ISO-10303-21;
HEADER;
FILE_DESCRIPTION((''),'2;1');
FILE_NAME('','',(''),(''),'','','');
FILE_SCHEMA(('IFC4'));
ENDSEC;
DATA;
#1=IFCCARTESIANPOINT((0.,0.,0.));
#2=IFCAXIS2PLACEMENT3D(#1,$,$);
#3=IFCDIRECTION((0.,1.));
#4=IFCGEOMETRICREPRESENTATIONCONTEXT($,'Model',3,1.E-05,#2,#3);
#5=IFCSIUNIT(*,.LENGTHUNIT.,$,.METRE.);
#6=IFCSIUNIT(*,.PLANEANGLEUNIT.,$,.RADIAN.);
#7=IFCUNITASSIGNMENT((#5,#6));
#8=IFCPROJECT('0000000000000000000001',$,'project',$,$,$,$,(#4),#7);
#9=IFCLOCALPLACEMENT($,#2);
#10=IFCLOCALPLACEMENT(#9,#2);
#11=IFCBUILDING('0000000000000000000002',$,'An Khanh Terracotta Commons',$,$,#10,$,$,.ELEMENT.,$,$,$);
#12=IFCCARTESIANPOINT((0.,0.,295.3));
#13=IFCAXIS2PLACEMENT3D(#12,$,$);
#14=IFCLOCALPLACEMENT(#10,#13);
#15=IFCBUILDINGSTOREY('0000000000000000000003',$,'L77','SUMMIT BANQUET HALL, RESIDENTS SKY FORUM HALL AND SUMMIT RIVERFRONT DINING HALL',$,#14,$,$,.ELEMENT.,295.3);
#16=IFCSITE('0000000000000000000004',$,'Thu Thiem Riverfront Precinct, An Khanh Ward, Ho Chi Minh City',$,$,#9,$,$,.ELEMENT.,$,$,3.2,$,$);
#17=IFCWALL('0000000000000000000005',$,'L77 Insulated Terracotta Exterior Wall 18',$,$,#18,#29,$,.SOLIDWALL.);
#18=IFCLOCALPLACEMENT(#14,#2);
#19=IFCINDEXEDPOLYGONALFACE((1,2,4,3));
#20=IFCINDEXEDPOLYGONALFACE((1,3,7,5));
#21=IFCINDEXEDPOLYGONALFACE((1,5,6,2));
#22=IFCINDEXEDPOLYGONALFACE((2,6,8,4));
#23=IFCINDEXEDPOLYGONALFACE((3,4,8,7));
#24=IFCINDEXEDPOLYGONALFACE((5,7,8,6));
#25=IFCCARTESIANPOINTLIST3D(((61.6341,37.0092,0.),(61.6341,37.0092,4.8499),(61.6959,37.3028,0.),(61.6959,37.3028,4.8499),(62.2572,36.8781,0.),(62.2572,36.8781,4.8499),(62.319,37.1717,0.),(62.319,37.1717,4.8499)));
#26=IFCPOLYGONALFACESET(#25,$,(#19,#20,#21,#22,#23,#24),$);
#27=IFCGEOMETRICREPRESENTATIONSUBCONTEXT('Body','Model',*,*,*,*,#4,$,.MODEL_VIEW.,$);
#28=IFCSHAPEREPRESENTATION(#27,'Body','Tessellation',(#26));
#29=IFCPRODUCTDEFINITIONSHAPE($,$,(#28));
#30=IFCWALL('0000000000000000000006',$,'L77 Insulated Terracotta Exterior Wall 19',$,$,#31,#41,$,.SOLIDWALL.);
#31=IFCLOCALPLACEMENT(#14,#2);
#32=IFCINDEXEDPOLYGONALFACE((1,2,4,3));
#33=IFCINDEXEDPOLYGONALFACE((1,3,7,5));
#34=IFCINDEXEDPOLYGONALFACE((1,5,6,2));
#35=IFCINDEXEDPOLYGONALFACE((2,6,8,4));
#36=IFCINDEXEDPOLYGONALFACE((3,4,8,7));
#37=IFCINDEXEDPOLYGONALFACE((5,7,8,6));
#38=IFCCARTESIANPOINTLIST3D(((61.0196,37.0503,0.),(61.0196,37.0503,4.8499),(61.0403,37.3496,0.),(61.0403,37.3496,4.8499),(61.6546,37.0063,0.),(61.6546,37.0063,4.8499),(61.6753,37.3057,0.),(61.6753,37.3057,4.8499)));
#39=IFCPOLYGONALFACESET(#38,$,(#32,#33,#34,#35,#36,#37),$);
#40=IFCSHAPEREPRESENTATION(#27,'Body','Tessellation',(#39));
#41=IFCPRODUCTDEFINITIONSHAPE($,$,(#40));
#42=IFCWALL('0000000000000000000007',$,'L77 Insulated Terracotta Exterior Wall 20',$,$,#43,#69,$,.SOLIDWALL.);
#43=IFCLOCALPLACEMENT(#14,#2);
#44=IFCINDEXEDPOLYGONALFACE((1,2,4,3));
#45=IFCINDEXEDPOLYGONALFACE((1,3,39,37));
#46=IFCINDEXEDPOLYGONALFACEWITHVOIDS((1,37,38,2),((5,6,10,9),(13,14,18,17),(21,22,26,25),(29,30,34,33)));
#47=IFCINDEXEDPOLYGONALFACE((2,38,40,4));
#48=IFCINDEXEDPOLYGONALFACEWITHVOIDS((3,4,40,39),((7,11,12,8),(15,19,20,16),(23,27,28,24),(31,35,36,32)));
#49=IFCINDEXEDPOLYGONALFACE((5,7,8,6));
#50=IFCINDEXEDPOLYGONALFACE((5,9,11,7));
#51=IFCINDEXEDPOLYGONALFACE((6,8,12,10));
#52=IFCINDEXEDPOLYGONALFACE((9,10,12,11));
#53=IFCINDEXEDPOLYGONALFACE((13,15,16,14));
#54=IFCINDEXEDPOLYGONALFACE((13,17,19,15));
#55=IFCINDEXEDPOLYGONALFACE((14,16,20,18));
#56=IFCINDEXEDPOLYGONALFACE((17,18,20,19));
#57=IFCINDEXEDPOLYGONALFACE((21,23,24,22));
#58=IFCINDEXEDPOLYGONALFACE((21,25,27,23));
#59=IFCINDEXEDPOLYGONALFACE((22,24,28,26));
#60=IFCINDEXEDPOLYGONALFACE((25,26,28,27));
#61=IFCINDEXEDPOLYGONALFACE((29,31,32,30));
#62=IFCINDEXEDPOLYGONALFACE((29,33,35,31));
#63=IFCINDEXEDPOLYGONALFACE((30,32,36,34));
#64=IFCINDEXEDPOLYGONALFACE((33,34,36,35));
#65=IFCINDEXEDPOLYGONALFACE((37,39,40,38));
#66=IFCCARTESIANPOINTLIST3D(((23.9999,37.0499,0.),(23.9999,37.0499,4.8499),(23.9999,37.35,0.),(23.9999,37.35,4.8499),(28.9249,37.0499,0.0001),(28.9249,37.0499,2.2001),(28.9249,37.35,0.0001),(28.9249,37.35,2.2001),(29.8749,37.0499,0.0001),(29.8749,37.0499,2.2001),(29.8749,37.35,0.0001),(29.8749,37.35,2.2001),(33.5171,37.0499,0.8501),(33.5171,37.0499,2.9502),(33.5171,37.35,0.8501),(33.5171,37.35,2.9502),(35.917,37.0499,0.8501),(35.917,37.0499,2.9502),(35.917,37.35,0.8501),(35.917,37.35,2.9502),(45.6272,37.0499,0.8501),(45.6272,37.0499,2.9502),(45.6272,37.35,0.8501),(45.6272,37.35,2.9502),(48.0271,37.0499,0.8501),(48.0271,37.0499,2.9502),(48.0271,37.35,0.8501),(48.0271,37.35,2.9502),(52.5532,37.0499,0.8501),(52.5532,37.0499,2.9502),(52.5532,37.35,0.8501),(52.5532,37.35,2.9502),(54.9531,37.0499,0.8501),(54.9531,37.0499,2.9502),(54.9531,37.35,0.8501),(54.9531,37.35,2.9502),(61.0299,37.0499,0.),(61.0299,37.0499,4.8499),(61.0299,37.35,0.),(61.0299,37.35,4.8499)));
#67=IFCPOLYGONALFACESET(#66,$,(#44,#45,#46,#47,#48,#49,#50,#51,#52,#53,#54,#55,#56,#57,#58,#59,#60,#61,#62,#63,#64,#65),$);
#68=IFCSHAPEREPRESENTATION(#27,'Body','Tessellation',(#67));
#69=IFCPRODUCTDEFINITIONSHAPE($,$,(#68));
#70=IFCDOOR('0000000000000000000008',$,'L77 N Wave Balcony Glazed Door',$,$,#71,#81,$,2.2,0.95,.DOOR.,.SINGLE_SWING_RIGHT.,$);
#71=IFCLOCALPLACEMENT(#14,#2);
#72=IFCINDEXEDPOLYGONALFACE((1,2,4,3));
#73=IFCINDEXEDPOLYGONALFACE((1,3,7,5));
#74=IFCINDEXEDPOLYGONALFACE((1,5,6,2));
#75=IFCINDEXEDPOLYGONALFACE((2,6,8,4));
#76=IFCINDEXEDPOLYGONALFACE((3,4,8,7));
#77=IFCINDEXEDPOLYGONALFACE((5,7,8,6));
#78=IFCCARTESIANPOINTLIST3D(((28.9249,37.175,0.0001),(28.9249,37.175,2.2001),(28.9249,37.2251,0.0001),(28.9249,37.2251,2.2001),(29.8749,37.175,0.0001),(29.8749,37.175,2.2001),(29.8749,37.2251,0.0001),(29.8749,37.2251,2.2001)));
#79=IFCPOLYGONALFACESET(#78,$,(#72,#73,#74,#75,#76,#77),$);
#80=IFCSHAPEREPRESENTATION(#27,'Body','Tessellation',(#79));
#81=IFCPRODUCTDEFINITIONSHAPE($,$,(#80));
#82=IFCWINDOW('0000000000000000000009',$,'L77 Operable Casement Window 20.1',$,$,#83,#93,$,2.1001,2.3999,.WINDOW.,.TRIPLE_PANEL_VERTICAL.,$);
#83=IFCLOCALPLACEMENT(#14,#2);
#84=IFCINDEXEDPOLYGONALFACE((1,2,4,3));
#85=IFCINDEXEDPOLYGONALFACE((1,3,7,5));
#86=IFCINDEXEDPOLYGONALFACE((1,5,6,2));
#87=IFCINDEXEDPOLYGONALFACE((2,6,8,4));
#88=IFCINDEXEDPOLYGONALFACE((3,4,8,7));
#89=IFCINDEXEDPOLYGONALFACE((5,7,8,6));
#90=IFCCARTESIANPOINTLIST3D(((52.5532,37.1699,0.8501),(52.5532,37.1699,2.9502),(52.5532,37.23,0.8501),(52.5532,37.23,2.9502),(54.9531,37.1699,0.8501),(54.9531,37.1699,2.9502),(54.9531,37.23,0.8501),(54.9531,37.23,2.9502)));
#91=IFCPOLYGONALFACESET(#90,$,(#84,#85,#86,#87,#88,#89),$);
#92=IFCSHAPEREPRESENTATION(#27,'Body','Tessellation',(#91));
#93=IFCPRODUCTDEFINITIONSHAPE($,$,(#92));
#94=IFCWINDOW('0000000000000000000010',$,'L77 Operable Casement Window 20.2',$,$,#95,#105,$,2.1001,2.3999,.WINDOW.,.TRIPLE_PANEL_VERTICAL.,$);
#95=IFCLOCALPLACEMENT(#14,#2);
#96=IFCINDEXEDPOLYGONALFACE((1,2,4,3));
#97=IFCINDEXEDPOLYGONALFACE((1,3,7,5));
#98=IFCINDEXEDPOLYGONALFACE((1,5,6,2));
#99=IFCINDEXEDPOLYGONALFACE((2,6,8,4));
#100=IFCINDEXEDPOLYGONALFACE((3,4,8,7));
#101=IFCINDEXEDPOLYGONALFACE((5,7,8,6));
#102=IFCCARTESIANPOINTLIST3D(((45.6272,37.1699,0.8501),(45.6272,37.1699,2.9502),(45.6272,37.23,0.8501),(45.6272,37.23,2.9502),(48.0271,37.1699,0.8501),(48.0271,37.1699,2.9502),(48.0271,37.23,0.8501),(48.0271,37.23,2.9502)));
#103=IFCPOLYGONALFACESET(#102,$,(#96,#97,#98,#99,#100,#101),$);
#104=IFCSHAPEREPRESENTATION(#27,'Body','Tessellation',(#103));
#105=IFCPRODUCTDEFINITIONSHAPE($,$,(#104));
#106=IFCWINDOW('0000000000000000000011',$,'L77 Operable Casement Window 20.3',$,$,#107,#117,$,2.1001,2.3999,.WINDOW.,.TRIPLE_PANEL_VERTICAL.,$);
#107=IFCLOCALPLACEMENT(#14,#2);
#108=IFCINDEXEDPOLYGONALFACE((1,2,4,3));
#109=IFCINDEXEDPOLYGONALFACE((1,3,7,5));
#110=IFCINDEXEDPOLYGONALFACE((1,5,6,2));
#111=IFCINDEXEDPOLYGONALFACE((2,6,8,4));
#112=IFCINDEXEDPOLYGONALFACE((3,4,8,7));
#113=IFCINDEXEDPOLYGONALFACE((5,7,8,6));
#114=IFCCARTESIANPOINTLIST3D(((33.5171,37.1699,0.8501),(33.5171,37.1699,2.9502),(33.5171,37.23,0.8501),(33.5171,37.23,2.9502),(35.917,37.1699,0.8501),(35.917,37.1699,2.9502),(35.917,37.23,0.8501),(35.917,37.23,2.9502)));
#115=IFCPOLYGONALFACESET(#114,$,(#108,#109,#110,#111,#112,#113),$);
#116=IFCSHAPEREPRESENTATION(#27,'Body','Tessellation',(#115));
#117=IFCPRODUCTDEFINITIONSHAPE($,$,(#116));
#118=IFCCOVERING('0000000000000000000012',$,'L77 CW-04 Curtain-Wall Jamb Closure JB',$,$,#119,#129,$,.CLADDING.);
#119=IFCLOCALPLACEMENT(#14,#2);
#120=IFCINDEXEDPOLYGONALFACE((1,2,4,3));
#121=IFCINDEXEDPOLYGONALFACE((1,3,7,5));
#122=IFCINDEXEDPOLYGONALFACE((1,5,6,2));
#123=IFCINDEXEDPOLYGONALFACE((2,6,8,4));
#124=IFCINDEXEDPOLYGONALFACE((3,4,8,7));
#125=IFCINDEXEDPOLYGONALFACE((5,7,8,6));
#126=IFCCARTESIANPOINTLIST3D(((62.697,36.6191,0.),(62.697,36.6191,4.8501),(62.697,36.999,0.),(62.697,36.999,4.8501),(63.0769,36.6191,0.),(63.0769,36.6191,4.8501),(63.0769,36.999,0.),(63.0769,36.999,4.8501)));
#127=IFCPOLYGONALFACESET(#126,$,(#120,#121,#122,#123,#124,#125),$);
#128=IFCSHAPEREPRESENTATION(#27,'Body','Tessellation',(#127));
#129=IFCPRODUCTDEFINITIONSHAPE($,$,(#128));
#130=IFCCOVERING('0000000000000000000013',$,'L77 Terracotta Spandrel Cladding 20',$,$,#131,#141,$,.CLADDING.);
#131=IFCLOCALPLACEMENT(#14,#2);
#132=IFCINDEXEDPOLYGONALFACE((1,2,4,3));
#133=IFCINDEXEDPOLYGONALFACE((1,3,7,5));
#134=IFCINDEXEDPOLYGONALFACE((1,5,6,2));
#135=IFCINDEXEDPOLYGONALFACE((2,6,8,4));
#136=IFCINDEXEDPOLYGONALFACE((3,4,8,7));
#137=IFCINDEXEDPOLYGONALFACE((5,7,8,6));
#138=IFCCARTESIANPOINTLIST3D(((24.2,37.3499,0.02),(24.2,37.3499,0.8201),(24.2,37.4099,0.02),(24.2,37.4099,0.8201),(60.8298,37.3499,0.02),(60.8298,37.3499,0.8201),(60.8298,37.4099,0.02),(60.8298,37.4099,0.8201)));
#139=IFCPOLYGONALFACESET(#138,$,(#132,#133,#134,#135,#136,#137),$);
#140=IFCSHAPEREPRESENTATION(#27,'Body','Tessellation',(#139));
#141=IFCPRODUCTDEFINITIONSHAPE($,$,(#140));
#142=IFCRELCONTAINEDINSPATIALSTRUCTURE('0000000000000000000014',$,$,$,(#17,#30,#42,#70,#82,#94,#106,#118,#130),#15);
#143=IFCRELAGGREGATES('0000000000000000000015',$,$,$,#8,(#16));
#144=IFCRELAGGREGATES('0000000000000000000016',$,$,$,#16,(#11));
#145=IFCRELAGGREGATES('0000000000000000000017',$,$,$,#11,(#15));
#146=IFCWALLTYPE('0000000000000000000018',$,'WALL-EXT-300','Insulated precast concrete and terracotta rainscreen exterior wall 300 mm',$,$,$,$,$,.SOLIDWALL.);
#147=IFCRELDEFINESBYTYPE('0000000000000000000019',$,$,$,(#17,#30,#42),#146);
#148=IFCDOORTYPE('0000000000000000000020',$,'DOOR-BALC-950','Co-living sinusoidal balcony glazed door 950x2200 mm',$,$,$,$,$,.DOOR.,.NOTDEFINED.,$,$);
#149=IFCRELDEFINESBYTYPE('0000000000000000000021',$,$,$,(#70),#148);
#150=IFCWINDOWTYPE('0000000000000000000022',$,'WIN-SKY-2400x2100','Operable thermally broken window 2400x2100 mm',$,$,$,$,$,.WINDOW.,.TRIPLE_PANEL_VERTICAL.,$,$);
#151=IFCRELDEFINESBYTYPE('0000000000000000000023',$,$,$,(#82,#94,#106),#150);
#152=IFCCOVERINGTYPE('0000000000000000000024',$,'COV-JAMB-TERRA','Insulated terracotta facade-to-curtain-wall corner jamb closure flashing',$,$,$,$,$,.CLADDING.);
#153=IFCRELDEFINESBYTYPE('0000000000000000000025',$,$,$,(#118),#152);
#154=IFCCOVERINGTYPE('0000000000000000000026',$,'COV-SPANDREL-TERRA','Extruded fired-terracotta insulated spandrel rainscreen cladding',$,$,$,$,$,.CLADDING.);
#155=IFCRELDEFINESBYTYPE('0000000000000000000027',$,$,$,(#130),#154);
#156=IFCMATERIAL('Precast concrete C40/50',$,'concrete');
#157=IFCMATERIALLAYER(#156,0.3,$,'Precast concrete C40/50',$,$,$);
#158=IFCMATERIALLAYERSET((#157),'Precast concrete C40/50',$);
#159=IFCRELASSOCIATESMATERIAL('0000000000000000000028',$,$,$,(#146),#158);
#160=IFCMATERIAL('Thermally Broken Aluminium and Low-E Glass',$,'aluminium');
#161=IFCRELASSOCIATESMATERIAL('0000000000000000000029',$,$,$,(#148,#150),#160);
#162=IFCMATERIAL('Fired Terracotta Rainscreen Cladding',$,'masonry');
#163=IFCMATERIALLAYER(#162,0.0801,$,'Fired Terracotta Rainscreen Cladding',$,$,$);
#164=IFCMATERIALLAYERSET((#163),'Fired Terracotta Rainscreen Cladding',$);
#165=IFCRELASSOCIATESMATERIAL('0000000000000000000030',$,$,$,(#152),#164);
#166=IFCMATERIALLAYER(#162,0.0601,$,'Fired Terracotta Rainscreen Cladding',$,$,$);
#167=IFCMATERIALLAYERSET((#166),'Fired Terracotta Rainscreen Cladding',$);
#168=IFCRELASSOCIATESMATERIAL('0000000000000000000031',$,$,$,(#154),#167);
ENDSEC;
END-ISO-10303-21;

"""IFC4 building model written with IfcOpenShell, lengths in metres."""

from ifc_helpers import new_model, si_unit, direction, frame, frame_2d, origin, origin_2d, place, context, subcontext, project, spatial, rectangle, extrude, material, layer, layer_set, type_object, element, fill, save


model = new_model("IFC4")

# Units and contexts
model_context = context("Model", 3, precision=1e-05, world=origin(), true_north=direction((0.0, 1.0)))
body_context = subcontext(model_context, "Body", "Model", "MODEL_VIEW")
ifc_project = project(units=[si_unit("LENGTHUNIT", "METRE"), si_unit("PLANEANGLEUNIT", "RADIAN")], contexts=[model_context])

# Site, building, storey
site_placement = place(None, origin())
site = spatial("IfcSite", under=ifc_project, at=site_placement, Name="Thu Thiem Riverfront Precinct, An Khanh Ward, Ho Chi Minh City", CompositionType="ELEMENT", RefElevation=3.2)
building_placement = place(site_placement, origin())
building = spatial("IfcBuilding", under=site, at=building_placement, Name="An Khanh Terracotta Commons", CompositionType="ELEMENT")
storey_placement = place(building_placement, frame((0.0, 0.0, 295.3)))
storey = spatial("IfcBuildingStorey", under=building, at=storey_placement, Name="L77", Description="SUMMIT BANQUET HALL, RESIDENTS SKY FORUM HALL AND SUMMIT RIVERFRONT DINING HALL", CompositionType="ELEMENT", Elevation=295.3)

# Walls
ifc_material_1 = material(Name="Precast concrete C40/50", Category="concrete")
ifc_layer_1 = layer(ifc_material_1, 0.3, Name="Precast concrete C40/50")
ifc_layer_set_1 = layer_set([ifc_layer_1], Name="Precast concrete C40/50")
wall_type_1 = type_object("IfcWallType", Name="WALL-EXT-300", Description="Insulated precast concrete and terracotta rainscreen exterior wall 300 mm", PredefinedType="SOLIDWALL", material=ifc_layer_set_1)
wall_1_placement = place(storey_placement, frame((62.2881, 37.0249, 0.0), z_axis=(0.0, 0.0, 1.0), x_axis=(-0.97857, 0.205914, 0.0)))
element("IfcWall", 1, at=wall_1_placement, inside=storey, type_object=wall_type_1, Name="L77 Insulated Terracotta Exterior Wall 18", PredefinedType="SOLIDWALL", context=body_context, shape_type="SweptSolid", body=[
    extrude(rectangle(XDim=0.6367, YDim=0.3, at=frame_2d((0.3184, 0.0))), origin(), (0.0, 0.0, 1.0), 4.8499),
])
wall_2_placement = place(storey_placement, frame((61.665, 37.156, 0.0), z_axis=(0.0, 0.0, 1.0), x_axis=(-0.997614, 0.069039, 0.0)))
element("IfcWall", 2, at=wall_2_placement, inside=storey, type_object=wall_type_1, Name="L77 Insulated Terracotta Exterior Wall 19", PredefinedType="SOLIDWALL", context=body_context, shape_type="SweptSolid", body=[
    extrude(rectangle(XDim=0.6365, YDim=0.3, at=frame_2d((0.3184, 0.0))), origin(), (0.0, 0.0, 1.0), 4.8499),
])

# Wall, openings, door, windows
wall_3_placement = place(storey_placement, frame((61.03, 37.2, 0.0), z_axis=(0.0, 0.0, 1.0), x_axis=(-1.0, 0.0, 0.0)))
wall_3 = element("IfcWall", 3, at=wall_3_placement, inside=storey, type_object=wall_type_1, Name="L77 Insulated Terracotta Exterior Wall 20", PredefinedType="SOLIDWALL", context=body_context, shape_type="SweptSolid", body=[
    extrude(rectangle(XDim=37.03, YDim=0.3, at=frame_2d((18.5151, 0.0))), origin(), (0.0, 0.0, 1.0), 4.8499),
])
opening_1_placement = place(wall_3_placement, frame((31.155, 0.0, 0.0)))
opening_1 = element("IfcOpeningElement", 4, at=opening_1_placement, cuts=wall_3, PredefinedType="OPENING", context=body_context, shape_type="SweptSolid", body=[
    extrude(rectangle(XDim=0.95, YDim=2.2, at=frame_2d((0.4751, 1.1001))), frame((0.0, 0.1599, 0.0), z_axis=(0.0, -1.0, 0.0), x_axis=(1.0, 0.0, 0.0)), (0.0, 0.0, 1.0), 0.3201),
])
opening_2_placement = place(wall_3_placement, frame((6.0769, 0.0, 0.8501)))
opening_2 = element("IfcOpeningElement", 5, at=opening_2_placement, cuts=wall_3, PredefinedType="OPENING", context=body_context, shape_type="SweptSolid", body=[
    extrude(rectangle(XDim=2.3999, YDim=2.1001, at=frame_2d((1.2, 1.05))), frame((0.0, 0.1599, 0.0), z_axis=(0.0, -1.0, 0.0), x_axis=(1.0, 0.0, 0.0)), (0.0, 0.0, 1.0), 0.3201),
])
opening_3_placement = place(wall_3_placement, frame((13.0029, 0.0, 0.8501)))
opening_3 = element("IfcOpeningElement", 6, at=opening_3_placement, cuts=wall_3, PredefinedType="OPENING", context=body_context, shape_type="SweptSolid", body=[
    extrude(rectangle(XDim=2.3999, YDim=2.1001, at=frame_2d((1.2, 1.05))), frame((0.0, 0.1599, 0.0), z_axis=(0.0, -1.0, 0.0), x_axis=(1.0, 0.0, 0.0)), (0.0, 0.0, 1.0), 0.3201),
])
opening_4_placement = place(wall_3_placement, frame((25.113, 0.0, 0.8501)))
opening_4 = element("IfcOpeningElement", 7, at=opening_4_placement, cuts=wall_3, PredefinedType="OPENING", context=body_context, shape_type="SweptSolid", body=[
    extrude(rectangle(XDim=2.3999, YDim=2.1001, at=frame_2d((1.2, 1.05))), frame((0.0, 0.1599, 0.0), z_axis=(0.0, -1.0, 0.0), x_axis=(1.0, 0.0, 0.0)), (0.0, 0.0, 1.0), 0.3201),
])
ifc_material_2 = material(Name="Thermally Broken Aluminium and Low-E Glass", Category="aluminium")
door_type_1 = type_object("IfcDoorType", Name="DOOR-BALC-950", Description="Co-living sinusoidal balcony glazed door 950x2200 mm", OperationType="NOTDEFINED", PredefinedType="DOOR", material=ifc_material_2)
door_1_placement = place(opening_1_placement, origin())
door_1 = element("IfcDoor", 8, at=door_1_placement, inside=storey, type_object=door_type_1, Name="L77 N Wave Balcony Glazed Door", OperationType="SINGLE_SWING_RIGHT", OverallHeight=2.2, OverallWidth=0.95, PredefinedType="DOOR", context=body_context, shape_type="SweptSolid", body=[
    extrude(rectangle(XDim=0.95, YDim=2.2, at=frame_2d((0.4751, 1.1001))), frame((0.0, 0.0249, 0.0), z_axis=(0.0, -1.0, 0.0), x_axis=(1.0, 0.0, 0.0)), (0.0, 0.0, 1.0), 0.05),
])
fill(opening_1, door_1)
window_type = type_object("IfcWindowType", Name="WIN-SKY-2400x2100", Description="Operable thermally broken window 2400x2100 mm", PartitioningType="TRIPLE_PANEL_VERTICAL", PredefinedType="WINDOW", material=ifc_material_2)
window_1_placement = place(opening_2_placement, origin())
window_1 = element("IfcWindow", 9, at=window_1_placement, inside=storey, type_object=window_type, Name="L77 Operable Casement Window 20.1", OverallHeight=2.1001, OverallWidth=2.3999, PartitioningType="TRIPLE_PANEL_VERTICAL", PredefinedType="WINDOW", context=body_context, shape_type="SweptSolid", body=[
    extrude(rectangle(XDim=2.3999, YDim=2.1001, at=frame_2d((1.2, 1.05))), frame((0.0, 0.03, 0.0), z_axis=(0.0, -1.0, 0.0), x_axis=(1.0, 0.0, 0.0)), (0.0, 0.0, 1.0), 0.0601),
])
fill(opening_2, window_1)
window_2_placement = place(opening_3_placement, origin())
window_2 = element("IfcWindow", 10, at=window_2_placement, inside=storey, type_object=window_type, Name="L77 Operable Casement Window 20.2", OverallHeight=2.1001, OverallWidth=2.3999, PartitioningType="TRIPLE_PANEL_VERTICAL", PredefinedType="WINDOW", context=body_context, shape_type="SweptSolid", body=[
    extrude(rectangle(XDim=2.3999, YDim=2.1001, at=frame_2d((1.2, 1.05))), frame((0.0, 0.03, 0.0), z_axis=(0.0, -1.0, 0.0), x_axis=(1.0, 0.0, 0.0)), (0.0, 0.0, 1.0), 0.0601),
])
fill(opening_3, window_2)
window_3_placement = place(opening_4_placement, origin())
window_3 = element("IfcWindow", 11, at=window_3_placement, inside=storey, type_object=window_type, Name="L77 Operable Casement Window 20.3", OverallHeight=2.1001, OverallWidth=2.3999, PartitioningType="TRIPLE_PANEL_VERTICAL", PredefinedType="WINDOW", context=body_context, shape_type="SweptSolid", body=[
    extrude(rectangle(XDim=2.3999, YDim=2.1001, at=frame_2d((1.2, 1.05))), frame((0.0, 0.03, 0.0), z_axis=(0.0, -1.0, 0.0), x_axis=(1.0, 0.0, 0.0)), (0.0, 0.0, 1.0), 0.0601),
])
fill(opening_4, window_3)

# Coverings
ifc_material_3 = material(Name="Fired Terracotta Rainscreen Cladding", Category="masonry")
ifc_layer_2 = layer(ifc_material_3, 0.0801, Name="Fired Terracotta Rainscreen Cladding")
ifc_layer_set_2 = layer_set([ifc_layer_2], Name="Fired Terracotta Rainscreen Cladding")
covering_type_1 = type_object("IfcCoveringType", Name="COV-JAMB-TERRA", Description="Insulated terracotta facade-to-curtain-wall corner jamb closure flashing", PredefinedType="CLADDING", material=ifc_layer_set_2)
covering_1_placement = place(storey_placement, frame((62.887, 36.8091, 0.0), z_axis=(0.0, 0.0, 1.0), x_axis=(1.0, 0.0, 0.0)))
element("IfcCovering", 12, at=covering_1_placement, inside=storey, type_object=covering_type_1, Name="L77 CW-04 Curtain-Wall Jamb Closure JB", PredefinedType="CLADDING", context=body_context, shape_type="SweptSolid", body=[
    extrude(rectangle(XDim=0.3799, YDim=0.3799, at=origin_2d()), origin(), (0.0, 0.0, 1.0), 4.8501),
])
ifc_layer_3 = layer(ifc_material_3, 0.0601, Name="Fired Terracotta Rainscreen Cladding")
ifc_layer_set_3 = layer_set([ifc_layer_3], Name="Fired Terracotta Rainscreen Cladding")
covering_type_2 = type_object("IfcCoveringType", Name="COV-SPANDREL-TERRA", Description="Extruded fired-terracotta insulated spandrel rainscreen cladding", PredefinedType="CLADDING", material=ifc_layer_set_3)
covering_2_placement = place(storey_placement, frame((42.5149, 37.3799, 0.02), z_axis=(0.0, 0.0, 1.0), x_axis=(-1.0, 0.0, 0.0)))
element("IfcCovering", 13, at=covering_2_placement, inside=storey, type_object=covering_type_2, Name="L77 Terracotta Spandrel Cladding 20", PredefinedType="CLADDING", context=body_context, shape_type="SweptSolid", body=[
    extrude(rectangle(XDim=36.6299, YDim=0.0601, at=origin_2d()), origin(), (0.0, 0.0, 1.0), 0.8),
])

save(model, "model.ifc")
